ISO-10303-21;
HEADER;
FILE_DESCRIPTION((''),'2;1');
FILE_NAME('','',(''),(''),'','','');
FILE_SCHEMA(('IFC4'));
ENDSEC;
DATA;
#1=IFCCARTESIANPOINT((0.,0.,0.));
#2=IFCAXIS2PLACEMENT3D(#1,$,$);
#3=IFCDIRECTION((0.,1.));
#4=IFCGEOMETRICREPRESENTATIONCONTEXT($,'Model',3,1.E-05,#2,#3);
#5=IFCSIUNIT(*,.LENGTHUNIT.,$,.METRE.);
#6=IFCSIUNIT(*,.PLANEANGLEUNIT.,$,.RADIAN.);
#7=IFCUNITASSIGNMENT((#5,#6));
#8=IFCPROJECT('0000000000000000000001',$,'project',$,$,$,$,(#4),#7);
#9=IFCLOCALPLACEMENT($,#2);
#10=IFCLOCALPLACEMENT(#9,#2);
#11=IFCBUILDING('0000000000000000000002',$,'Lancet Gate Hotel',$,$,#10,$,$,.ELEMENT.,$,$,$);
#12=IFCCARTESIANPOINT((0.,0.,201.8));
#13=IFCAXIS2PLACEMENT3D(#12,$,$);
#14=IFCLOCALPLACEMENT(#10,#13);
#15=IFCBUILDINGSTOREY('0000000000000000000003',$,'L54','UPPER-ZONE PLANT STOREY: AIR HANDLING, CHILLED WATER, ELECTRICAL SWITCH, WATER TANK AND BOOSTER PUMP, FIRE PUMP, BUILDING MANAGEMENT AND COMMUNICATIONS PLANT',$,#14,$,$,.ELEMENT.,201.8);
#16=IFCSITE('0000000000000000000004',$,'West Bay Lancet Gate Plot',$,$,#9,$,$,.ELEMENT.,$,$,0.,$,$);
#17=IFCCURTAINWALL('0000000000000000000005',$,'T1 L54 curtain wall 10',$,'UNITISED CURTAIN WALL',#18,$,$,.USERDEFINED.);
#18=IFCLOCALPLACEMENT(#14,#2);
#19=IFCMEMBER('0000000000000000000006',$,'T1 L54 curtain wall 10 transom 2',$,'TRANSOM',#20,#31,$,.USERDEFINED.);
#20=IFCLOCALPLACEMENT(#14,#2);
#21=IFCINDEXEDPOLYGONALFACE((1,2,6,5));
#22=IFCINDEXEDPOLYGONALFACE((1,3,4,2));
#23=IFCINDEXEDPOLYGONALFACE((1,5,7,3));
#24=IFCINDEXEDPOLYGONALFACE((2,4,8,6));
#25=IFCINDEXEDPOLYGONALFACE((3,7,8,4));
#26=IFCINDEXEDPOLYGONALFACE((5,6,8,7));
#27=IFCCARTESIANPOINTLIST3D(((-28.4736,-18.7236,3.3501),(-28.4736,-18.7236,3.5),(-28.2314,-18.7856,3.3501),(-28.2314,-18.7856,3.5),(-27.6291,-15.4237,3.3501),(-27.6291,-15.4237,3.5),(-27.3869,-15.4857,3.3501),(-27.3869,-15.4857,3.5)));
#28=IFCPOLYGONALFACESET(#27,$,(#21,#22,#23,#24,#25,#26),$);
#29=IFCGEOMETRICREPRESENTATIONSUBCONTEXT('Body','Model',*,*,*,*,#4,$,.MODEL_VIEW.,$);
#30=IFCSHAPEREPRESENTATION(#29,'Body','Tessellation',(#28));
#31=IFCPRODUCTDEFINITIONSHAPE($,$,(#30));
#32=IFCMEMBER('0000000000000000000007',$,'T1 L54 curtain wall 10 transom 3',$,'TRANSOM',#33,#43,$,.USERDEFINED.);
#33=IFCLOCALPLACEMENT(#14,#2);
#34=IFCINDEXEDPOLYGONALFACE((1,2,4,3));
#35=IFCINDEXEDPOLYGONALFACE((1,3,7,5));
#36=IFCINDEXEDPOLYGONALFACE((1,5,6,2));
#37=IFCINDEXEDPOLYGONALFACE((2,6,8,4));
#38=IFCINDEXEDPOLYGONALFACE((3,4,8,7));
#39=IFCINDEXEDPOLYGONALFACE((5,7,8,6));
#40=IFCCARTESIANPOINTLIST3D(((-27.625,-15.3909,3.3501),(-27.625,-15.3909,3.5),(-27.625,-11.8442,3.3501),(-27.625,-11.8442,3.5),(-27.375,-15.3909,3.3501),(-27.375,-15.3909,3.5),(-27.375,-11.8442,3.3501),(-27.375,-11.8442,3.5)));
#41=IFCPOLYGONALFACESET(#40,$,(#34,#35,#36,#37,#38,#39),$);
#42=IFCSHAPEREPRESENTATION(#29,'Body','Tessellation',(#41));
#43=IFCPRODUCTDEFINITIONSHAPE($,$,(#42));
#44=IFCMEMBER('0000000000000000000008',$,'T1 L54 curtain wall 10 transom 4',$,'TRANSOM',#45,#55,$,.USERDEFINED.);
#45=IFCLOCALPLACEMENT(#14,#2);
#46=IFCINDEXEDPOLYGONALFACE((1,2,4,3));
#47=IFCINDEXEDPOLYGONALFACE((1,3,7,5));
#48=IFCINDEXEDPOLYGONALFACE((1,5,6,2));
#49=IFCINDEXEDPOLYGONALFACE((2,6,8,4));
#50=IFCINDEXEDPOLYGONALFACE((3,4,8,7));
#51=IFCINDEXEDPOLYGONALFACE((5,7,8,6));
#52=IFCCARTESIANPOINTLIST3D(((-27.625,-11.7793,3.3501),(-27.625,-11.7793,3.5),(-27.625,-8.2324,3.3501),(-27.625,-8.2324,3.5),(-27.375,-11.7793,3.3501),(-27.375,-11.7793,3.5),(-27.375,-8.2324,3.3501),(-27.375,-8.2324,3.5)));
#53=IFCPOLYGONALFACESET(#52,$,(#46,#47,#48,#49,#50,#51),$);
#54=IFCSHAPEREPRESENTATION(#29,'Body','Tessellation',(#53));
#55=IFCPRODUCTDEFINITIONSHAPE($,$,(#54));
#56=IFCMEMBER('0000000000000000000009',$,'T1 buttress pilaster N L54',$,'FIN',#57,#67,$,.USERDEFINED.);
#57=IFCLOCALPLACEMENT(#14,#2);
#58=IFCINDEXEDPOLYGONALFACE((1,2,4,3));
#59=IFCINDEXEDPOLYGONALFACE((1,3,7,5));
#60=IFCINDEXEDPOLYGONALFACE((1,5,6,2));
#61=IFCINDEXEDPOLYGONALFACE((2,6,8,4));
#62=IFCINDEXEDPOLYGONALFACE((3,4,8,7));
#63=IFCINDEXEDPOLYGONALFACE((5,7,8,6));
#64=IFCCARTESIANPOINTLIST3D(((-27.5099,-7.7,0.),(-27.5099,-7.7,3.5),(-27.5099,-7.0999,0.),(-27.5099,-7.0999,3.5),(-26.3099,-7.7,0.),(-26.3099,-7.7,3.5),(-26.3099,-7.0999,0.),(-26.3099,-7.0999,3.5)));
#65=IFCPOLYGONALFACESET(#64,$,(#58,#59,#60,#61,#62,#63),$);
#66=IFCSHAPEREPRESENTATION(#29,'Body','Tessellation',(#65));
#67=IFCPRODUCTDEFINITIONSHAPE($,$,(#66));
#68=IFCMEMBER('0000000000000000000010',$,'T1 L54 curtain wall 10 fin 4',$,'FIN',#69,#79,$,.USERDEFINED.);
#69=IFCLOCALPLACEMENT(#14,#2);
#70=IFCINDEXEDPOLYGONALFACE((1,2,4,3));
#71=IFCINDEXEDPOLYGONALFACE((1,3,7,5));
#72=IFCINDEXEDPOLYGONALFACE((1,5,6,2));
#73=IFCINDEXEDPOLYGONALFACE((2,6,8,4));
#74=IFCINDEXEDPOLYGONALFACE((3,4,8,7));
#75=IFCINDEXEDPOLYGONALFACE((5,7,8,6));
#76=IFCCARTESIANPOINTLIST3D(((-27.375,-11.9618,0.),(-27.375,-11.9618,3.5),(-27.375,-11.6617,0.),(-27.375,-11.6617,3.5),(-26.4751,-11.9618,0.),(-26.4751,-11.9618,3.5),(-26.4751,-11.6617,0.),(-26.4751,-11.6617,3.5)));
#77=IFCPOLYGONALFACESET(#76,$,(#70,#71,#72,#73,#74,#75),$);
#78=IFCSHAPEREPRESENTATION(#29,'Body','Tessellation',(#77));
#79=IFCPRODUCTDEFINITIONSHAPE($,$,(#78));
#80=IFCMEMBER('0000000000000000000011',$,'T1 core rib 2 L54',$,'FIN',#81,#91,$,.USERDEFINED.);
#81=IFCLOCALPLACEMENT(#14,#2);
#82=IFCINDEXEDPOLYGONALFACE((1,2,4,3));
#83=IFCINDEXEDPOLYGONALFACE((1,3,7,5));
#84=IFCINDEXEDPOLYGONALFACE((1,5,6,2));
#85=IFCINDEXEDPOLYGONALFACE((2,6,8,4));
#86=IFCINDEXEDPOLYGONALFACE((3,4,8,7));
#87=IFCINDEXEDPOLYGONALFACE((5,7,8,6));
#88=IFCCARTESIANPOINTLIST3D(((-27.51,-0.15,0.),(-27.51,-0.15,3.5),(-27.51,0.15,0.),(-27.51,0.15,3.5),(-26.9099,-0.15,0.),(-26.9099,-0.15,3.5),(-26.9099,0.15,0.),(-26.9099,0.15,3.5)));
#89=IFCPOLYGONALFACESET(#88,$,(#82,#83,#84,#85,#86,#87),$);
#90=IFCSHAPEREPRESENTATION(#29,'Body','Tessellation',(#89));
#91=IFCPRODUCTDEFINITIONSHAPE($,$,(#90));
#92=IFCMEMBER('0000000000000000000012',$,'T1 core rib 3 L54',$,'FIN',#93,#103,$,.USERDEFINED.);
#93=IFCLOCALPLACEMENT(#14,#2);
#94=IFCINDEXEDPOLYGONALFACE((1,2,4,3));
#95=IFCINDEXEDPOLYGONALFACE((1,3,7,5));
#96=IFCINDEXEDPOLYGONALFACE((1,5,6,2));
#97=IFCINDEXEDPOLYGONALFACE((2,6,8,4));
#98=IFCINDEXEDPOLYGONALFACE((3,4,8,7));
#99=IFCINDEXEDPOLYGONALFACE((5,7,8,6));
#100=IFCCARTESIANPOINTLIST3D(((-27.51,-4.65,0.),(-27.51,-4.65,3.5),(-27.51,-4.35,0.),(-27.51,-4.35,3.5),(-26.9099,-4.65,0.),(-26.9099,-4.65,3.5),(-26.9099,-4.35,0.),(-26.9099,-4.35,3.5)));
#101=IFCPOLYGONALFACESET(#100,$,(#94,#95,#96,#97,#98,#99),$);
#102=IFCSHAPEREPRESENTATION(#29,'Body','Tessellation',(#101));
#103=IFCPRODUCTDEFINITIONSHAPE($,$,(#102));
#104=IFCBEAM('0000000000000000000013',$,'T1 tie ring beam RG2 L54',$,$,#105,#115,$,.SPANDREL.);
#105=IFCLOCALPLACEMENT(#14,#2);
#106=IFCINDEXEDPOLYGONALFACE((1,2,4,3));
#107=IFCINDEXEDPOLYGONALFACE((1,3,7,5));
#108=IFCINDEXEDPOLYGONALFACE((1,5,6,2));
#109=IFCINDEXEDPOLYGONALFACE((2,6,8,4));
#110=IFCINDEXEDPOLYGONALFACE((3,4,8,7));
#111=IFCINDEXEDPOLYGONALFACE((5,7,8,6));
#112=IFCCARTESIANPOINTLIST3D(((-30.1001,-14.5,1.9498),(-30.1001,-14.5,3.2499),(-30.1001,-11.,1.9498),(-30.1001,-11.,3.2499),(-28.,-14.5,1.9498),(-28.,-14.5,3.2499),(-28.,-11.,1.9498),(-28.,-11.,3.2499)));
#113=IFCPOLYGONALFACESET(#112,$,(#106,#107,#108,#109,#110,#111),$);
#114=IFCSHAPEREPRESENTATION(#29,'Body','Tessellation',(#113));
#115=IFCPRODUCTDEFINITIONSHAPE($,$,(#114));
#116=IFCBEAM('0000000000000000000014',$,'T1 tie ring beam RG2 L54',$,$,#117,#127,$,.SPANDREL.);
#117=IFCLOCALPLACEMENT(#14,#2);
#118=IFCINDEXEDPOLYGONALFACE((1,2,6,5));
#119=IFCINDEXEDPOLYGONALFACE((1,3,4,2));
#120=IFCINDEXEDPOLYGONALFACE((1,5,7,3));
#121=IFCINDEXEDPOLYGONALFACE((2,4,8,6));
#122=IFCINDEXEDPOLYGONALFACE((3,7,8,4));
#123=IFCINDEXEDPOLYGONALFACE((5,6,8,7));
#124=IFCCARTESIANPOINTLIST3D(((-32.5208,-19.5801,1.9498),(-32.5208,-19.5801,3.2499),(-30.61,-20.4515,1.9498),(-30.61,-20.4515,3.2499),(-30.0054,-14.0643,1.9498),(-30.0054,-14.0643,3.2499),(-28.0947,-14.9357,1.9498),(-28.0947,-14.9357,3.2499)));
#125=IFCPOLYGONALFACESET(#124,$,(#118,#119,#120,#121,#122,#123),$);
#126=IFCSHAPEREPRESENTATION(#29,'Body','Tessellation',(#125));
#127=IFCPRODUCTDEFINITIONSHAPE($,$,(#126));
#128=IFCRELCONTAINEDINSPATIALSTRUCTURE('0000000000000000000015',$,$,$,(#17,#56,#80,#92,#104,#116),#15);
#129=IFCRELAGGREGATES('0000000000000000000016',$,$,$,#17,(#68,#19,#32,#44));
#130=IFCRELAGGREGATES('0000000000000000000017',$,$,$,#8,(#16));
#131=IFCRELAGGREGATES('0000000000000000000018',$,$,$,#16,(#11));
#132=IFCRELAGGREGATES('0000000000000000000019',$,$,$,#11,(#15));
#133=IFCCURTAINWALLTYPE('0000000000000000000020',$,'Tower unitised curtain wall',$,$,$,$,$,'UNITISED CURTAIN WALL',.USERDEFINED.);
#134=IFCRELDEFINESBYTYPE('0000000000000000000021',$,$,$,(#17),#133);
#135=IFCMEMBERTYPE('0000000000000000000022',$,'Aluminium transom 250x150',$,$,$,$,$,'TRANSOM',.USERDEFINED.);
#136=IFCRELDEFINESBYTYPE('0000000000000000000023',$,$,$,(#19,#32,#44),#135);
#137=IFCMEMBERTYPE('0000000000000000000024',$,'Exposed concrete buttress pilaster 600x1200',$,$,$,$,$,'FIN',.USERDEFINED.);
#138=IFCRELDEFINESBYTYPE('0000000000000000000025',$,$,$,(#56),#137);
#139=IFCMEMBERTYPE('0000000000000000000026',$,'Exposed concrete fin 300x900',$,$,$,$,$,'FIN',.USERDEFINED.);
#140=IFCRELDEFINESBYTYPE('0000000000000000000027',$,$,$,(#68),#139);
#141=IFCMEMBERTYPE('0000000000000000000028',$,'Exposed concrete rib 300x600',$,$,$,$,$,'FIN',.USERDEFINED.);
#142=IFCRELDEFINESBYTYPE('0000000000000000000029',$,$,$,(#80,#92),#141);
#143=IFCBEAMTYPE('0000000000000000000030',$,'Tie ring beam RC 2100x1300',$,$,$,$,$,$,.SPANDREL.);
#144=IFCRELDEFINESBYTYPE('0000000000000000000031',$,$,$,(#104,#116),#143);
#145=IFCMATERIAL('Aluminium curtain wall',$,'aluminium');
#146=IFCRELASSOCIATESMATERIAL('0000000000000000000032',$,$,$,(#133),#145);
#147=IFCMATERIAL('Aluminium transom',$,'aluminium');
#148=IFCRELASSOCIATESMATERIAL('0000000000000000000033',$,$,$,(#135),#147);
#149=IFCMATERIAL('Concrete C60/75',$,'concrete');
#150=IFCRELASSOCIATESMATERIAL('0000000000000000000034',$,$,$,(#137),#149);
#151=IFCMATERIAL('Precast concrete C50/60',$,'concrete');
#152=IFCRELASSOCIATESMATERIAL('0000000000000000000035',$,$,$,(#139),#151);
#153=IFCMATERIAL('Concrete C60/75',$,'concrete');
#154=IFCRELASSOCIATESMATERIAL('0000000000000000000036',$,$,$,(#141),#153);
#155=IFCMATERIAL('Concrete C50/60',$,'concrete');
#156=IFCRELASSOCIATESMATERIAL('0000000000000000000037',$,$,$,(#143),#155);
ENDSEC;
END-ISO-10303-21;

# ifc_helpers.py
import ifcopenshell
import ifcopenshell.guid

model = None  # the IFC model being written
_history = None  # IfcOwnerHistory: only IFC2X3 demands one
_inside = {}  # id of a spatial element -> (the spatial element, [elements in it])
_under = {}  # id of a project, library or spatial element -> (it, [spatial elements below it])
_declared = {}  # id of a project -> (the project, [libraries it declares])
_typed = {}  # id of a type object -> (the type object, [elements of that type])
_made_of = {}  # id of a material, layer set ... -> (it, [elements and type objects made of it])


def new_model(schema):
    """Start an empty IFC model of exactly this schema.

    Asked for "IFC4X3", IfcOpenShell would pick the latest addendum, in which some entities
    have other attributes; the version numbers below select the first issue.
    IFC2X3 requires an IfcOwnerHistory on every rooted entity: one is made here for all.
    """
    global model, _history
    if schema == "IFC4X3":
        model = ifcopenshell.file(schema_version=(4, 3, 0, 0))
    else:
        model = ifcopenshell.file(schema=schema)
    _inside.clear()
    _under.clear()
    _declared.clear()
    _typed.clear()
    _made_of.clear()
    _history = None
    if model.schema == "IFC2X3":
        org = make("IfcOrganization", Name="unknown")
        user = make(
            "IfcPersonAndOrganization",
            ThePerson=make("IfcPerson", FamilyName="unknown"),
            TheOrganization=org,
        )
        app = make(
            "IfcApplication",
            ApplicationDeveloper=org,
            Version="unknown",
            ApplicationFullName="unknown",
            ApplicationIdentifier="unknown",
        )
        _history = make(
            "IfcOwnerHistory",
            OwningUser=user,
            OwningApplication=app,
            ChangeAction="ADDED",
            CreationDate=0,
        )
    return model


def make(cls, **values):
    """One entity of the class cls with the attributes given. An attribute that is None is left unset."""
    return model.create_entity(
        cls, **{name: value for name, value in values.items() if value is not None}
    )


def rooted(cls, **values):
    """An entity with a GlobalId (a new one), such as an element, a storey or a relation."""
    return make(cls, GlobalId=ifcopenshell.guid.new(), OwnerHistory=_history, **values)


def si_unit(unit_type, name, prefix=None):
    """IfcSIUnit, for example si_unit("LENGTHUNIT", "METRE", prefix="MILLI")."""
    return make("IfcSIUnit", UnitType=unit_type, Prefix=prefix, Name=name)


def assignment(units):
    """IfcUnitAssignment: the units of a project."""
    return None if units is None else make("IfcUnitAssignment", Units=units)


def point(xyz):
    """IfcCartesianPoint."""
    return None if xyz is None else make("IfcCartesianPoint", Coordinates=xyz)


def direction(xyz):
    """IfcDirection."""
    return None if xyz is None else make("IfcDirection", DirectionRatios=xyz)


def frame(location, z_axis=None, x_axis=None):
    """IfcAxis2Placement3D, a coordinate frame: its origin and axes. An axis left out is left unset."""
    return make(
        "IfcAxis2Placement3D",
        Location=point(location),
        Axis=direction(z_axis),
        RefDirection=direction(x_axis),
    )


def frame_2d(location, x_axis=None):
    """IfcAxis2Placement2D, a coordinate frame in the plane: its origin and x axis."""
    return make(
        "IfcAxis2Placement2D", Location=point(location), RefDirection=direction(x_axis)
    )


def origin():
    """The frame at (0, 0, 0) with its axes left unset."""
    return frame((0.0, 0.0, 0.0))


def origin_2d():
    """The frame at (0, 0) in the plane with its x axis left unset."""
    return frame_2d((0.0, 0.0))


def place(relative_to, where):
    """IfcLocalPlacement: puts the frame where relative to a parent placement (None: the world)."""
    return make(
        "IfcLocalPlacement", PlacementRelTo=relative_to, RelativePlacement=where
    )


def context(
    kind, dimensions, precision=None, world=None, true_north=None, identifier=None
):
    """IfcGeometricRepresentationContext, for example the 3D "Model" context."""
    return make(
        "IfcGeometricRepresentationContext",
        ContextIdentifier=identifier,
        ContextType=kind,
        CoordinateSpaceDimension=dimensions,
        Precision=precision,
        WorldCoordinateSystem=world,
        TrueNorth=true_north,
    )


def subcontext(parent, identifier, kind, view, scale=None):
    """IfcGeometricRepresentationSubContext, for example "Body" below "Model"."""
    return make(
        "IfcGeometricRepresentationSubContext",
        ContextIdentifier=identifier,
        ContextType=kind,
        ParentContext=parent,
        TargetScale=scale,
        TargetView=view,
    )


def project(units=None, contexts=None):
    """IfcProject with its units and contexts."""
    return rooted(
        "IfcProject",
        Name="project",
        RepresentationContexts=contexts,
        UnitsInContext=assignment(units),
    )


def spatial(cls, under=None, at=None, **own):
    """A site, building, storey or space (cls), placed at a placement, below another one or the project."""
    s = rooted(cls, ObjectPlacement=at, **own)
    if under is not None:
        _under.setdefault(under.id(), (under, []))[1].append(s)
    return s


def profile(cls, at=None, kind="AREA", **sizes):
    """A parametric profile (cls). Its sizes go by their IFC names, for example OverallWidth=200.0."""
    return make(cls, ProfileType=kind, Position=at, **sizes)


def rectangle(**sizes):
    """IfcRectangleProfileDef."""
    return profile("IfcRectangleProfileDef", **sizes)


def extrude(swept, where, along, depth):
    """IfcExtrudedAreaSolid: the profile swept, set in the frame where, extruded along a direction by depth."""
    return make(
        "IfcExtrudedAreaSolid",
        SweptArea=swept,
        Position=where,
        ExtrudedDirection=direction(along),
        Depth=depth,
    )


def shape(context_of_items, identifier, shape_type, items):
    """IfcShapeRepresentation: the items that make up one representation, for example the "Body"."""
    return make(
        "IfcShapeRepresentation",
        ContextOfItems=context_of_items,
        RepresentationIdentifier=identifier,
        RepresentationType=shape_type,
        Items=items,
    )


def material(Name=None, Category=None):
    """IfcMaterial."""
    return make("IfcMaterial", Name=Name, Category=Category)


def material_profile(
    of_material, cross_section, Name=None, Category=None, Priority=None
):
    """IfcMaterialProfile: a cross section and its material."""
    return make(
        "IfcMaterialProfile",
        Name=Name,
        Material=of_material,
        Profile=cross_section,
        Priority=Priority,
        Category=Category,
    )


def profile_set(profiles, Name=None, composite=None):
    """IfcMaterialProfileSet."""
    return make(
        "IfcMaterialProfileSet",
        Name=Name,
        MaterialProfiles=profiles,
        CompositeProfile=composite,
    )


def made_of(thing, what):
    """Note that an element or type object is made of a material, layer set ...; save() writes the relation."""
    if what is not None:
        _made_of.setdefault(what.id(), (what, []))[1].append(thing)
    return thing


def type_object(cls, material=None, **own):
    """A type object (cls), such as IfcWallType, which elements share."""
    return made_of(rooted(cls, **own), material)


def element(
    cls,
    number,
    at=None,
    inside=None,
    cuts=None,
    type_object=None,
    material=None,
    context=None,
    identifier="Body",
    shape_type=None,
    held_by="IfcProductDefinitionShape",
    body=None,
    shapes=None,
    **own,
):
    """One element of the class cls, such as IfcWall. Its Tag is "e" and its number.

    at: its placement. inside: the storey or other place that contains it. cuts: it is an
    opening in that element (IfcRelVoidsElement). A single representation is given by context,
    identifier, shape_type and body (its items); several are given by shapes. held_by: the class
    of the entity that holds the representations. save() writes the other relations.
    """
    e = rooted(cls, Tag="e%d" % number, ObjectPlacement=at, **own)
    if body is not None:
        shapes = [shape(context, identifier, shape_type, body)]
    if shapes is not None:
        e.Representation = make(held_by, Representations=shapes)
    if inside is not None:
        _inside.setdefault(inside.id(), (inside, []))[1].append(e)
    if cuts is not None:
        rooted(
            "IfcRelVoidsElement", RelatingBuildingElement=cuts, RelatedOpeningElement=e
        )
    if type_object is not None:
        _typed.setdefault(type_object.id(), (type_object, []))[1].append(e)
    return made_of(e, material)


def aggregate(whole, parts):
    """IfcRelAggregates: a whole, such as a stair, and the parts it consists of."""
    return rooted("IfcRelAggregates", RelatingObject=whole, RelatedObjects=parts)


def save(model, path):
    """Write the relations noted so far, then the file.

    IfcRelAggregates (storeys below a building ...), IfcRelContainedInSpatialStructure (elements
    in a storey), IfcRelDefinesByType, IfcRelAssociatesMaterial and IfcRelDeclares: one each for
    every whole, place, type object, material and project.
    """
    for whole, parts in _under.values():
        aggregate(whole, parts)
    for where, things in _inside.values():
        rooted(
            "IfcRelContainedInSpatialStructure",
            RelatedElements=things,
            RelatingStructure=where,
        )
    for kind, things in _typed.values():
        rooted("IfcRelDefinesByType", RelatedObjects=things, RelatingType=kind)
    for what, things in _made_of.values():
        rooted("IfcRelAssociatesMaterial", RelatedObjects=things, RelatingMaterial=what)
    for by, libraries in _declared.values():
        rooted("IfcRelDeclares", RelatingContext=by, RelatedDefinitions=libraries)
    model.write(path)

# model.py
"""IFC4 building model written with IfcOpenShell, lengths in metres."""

from ifc_helpers import new_model, si_unit, direction, frame, origin, origin_2d, place, context, subcontext, project, spatial, rectangle, extrude, material, material_profile, profile_set, type_object, element, aggregate, save


model = new_model("IFC4")

# Units and contexts
model_context = context("Model", 3, precision=1e-05, world=origin(), true_north=direction((0.0, 1.0)))
body_context = subcontext(model_context, "Body", "Model", "MODEL_VIEW")
ifc_project = project(units=[si_unit("LENGTHUNIT", "METRE"), si_unit("PLANEANGLEUNIT", "RADIAN")], contexts=[model_context])

# Site, building, storey
site_placement = place(None, origin())
site = spatial("IfcSite", under=ifc_project, at=site_placement, Name="West Bay Lancet Gate Plot", CompositionType="ELEMENT", RefElevation=0.0)
building_placement = place(site_placement, origin())
building = spatial("IfcBuilding", under=site, at=building_placement, Name="Lancet Gate Hotel", CompositionType="ELEMENT")
storey_placement = place(building_placement, frame((0.0, 0.0, 201.8)))
storey = spatial("IfcBuildingStorey", under=building, at=storey_placement, Name="L54", Description="UPPER-ZONE PLANT STOREY: AIR HANDLING, CHILLED WATER, ELECTRICAL SWITCH, WATER TANK AND BOOSTER PUMP, FIRE PUMP, BUILDING MANAGEMENT AND COMMUNICATIONS PLANT", CompositionType="ELEMENT", Elevation=201.8)

# Curtain wall, members
ifc_material_1 = material(Name="Aluminium curtain wall", Category="aluminium")
curtain_wall_type = type_object("IfcCurtainWallType", Name="Tower unitised curtain wall", ElementType="UNITISED CURTAIN WALL", PredefinedType="USERDEFINED", material=ifc_material_1)
curtain_wall_placement = place(storey_placement, origin())
curtain_wall = element("IfcCurtainWall", 1, at=curtain_wall_placement, inside=storey, type_object=curtain_wall_type, Name="T1 L54 curtain wall 10", ObjectType="UNITISED CURTAIN WALL", PredefinedType="USERDEFINED")
ifc_material_2 = material(Name="Aluminium transom", Category="aluminium")
ifc_material_profile_1 = material_profile(ifc_material_2, rectangle(XDim=0.25, YDim=0.1499, at=origin_2d()), Name="TRANSOM 250x150")
ifc_profile_set_1 = profile_set([ifc_material_profile_1], Name="Aluminium transom")
member_type_1 = type_object("IfcMemberType", Name="Aluminium transom 250x150", ElementType="TRANSOM", PredefinedType="USERDEFINED", material=ifc_profile_set_1)
member_1_placement = place(storey_placement, frame((-28.3525, -18.7546, 3.425), z_axis=(0.247929, 0.968778, 0.0), x_axis=(-0.968778, 0.247929, 0.0)))
member_1 = element("IfcMember", 2, at=member_1_placement, type_object=member_type_1, Name="T1 L54 curtain wall 10 transom 2", ObjectType="TRANSOM", PredefinedType="USERDEFINED", context=body_context, shape_type="SweptSolid", body=[
    extrude(rectangle(XDim=0.25, YDim=0.1499, at=origin_2d()), origin(), (0.0, 0.0, 1.0), 3.4062),
])
member_2_placement = place(storey_placement, frame((-27.5, -15.3909, 3.425), z_axis=(0.0, 1.0, 0.0), x_axis=(-1.0, 0.0, 0.0)))
member_2 = element("IfcMember", 3, at=member_2_placement, type_object=member_type_1, Name="T1 L54 curtain wall 10 transom 3", ObjectType="TRANSOM", PredefinedType="USERDEFINED", context=body_context, shape_type="SweptSolid", body=[
    extrude(rectangle(XDim=0.25, YDim=0.1499, at=origin_2d()), origin(), (0.0, 0.0, 1.0), 3.5466),
])
member_3_placement = place(storey_placement, frame((-27.5, -11.7793, 3.425), z_axis=(0.0, 1.0, 0.0), x_axis=(-1.0, 0.0, 0.0)))
member_3 = element("IfcMember", 4, at=member_3_placement, type_object=member_type_1, Name="T1 L54 curtain wall 10 transom 4", ObjectType="TRANSOM", PredefinedType="USERDEFINED", context=body_context, shape_type="SweptSolid", body=[
    extrude(rectangle(XDim=0.25, YDim=0.1499, at=origin_2d()), origin(), (0.0, 0.0, 1.0), 3.5469),
])

# Members
ifc_material_3 = material(Name="Concrete C60/75", Category="concrete")
ifc_material_profile_2 = material_profile(ifc_material_3, rectangle(XDim=0.6001, YDim=1.2, at=origin_2d()), Name="FIN 600x1200")
ifc_profile_set_2 = profile_set([ifc_material_profile_2], Name="Concrete C60/75")
member_type_2 = type_object("IfcMemberType", Name="Exposed concrete buttress pilaster 600x1200", ElementType="FIN", PredefinedType="USERDEFINED", material=ifc_profile_set_2)
member_4_placement = place(storey_placement, frame((-26.9099, -7.3999, 0.0), z_axis=(0.0, 0.0, 1.0), x_axis=(0.0, 1.0, 0.0)))
element("IfcMember", 5, at=member_4_placement, inside=storey, type_object=member_type_2, Name="T1 buttress pilaster N L54", ObjectType="FIN", PredefinedType="USERDEFINED", context=body_context, shape_type="SweptSolid", body=[
    extrude(rectangle(XDim=0.6001, YDim=1.2, at=origin_2d()), origin(), (0.0, 0.0, 1.0), 3.5),
])
ifc_material_4 = material(Name="Precast concrete C50/60", Category="concrete")
ifc_material_profile_3 = material_profile(ifc_material_4, rectangle(XDim=0.3, YDim=0.8999, at=origin_2d()), Name="FIN 300x900")
ifc_profile_set_3 = profile_set([ifc_material_profile_3], Name="Precast concrete C50/60")
member_type_3 = type_object("IfcMemberType", Name="Exposed concrete fin 300x900", ElementType="FIN", PredefinedType="USERDEFINED", material=ifc_profile_set_3)
member_5_placement = place(storey_placement, frame((-26.925, -11.8118, 0.0), z_axis=(0.0, 0.0, 1.0), x_axis=(0.0, 1.0, 0.0)))
member_5 = element("IfcMember", 6, at=member_5_placement, type_object=member_type_3, Name="T1 L54 curtain wall 10 fin 4", ObjectType="FIN", PredefinedType="USERDEFINED", context=body_context, shape_type="SweptSolid", body=[
    extrude(rectangle(XDim=0.3, YDim=0.8999, at=origin_2d()), origin(), (0.0, 0.0, 1.0), 3.5),
])

# Members
ifc_material_5 = material(Name="Concrete C60/75", Category="concrete")
ifc_material_profile_4 = material_profile(ifc_material_5, rectangle(XDim=0.3, YDim=0.6001, at=origin_2d()), Name="FIN 300x600")
ifc_profile_set_4 = profile_set([ifc_material_profile_4], Name="Concrete C60/75")
member_type_4 = type_object("IfcMemberType", Name="Exposed concrete rib 300x600", ElementType="FIN", PredefinedType="USERDEFINED", material=ifc_profile_set_4)
for number, where, z_axis, x_axis, name in (
    (7, (-27.21, 0.0, 0.0), (0.0, 0.0, 1.0), (0.0, 1.0, 0.0), "T1 core rib 2 L54"),
    (8, (-27.21, -4.5, 0.0), (0.0, 0.0, 1.0), (0.0, 1.0, 0.0), "T1 core rib 3 L54"),
):
    element("IfcMember", number, at=place(storey_placement, frame(where, z_axis=z_axis, x_axis=x_axis)), inside=storey, type_object=member_type_4, Name=name, ObjectType="FIN", PredefinedType="USERDEFINED", context=body_context, shape_type="SweptSolid", body=[
        extrude(rectangle(XDim=0.3, YDim=0.6001, at=origin_2d()), origin(), (0.0, 0.0, 1.0), 3.5),
    ])

# Beams
ifc_material_6 = material(Name="Concrete C50/60", Category="concrete")
ifc_material_profile_5 = material_profile(ifc_material_6, rectangle(XDim=2.1001, YDim=1.3, at=origin_2d()), Name="RC 2100x1300")
ifc_profile_set_5 = profile_set([ifc_material_profile_5], Name="Concrete C50/60")
beam_type = type_object("IfcBeamType", Name="Tie ring beam RC 2100x1300", PredefinedType="SPANDREL", material=ifc_profile_set_5)
beam_1_placement = place(storey_placement, frame((-29.05, -11.0, 2.5999), z_axis=(0.0, -1.0, 0.0), x_axis=(1.0, 0.0, 0.0)))
element("IfcBeam", 9, at=beam_1_placement, inside=storey, type_object=beam_type, Name="T1 tie ring beam RG2 L54", PredefinedType="SPANDREL", context=body_context, shape_type="SweptSolid", body=[
    extrude(rectangle(XDim=2.1001, YDim=1.3, at=origin_2d()), origin(), (0.0, 0.0, 1.0), 3.5),
])
beam_2_placement = place(storey_placement, frame((-29.05, -14.5, 2.5999), z_axis=(-0.414919, -0.909858, 0.0), x_axis=(0.909858, -0.414919, 0.0)))
element("IfcBeam", 10, at=beam_2_placement, inside=storey, type_object=beam_type, Name="T1 tie ring beam RG2 L54", PredefinedType="SPANDREL", context=body_context, shape_type="SweptSolid", body=[
    extrude(rectangle(XDim=2.1001, YDim=1.3, at=origin_2d()), origin(), (0.0, 0.0, 1.0), 6.0623),
])

aggregate(curtain_wall, [member_5, member_1, member_2, member_3])

save(model, "model.ifc")
